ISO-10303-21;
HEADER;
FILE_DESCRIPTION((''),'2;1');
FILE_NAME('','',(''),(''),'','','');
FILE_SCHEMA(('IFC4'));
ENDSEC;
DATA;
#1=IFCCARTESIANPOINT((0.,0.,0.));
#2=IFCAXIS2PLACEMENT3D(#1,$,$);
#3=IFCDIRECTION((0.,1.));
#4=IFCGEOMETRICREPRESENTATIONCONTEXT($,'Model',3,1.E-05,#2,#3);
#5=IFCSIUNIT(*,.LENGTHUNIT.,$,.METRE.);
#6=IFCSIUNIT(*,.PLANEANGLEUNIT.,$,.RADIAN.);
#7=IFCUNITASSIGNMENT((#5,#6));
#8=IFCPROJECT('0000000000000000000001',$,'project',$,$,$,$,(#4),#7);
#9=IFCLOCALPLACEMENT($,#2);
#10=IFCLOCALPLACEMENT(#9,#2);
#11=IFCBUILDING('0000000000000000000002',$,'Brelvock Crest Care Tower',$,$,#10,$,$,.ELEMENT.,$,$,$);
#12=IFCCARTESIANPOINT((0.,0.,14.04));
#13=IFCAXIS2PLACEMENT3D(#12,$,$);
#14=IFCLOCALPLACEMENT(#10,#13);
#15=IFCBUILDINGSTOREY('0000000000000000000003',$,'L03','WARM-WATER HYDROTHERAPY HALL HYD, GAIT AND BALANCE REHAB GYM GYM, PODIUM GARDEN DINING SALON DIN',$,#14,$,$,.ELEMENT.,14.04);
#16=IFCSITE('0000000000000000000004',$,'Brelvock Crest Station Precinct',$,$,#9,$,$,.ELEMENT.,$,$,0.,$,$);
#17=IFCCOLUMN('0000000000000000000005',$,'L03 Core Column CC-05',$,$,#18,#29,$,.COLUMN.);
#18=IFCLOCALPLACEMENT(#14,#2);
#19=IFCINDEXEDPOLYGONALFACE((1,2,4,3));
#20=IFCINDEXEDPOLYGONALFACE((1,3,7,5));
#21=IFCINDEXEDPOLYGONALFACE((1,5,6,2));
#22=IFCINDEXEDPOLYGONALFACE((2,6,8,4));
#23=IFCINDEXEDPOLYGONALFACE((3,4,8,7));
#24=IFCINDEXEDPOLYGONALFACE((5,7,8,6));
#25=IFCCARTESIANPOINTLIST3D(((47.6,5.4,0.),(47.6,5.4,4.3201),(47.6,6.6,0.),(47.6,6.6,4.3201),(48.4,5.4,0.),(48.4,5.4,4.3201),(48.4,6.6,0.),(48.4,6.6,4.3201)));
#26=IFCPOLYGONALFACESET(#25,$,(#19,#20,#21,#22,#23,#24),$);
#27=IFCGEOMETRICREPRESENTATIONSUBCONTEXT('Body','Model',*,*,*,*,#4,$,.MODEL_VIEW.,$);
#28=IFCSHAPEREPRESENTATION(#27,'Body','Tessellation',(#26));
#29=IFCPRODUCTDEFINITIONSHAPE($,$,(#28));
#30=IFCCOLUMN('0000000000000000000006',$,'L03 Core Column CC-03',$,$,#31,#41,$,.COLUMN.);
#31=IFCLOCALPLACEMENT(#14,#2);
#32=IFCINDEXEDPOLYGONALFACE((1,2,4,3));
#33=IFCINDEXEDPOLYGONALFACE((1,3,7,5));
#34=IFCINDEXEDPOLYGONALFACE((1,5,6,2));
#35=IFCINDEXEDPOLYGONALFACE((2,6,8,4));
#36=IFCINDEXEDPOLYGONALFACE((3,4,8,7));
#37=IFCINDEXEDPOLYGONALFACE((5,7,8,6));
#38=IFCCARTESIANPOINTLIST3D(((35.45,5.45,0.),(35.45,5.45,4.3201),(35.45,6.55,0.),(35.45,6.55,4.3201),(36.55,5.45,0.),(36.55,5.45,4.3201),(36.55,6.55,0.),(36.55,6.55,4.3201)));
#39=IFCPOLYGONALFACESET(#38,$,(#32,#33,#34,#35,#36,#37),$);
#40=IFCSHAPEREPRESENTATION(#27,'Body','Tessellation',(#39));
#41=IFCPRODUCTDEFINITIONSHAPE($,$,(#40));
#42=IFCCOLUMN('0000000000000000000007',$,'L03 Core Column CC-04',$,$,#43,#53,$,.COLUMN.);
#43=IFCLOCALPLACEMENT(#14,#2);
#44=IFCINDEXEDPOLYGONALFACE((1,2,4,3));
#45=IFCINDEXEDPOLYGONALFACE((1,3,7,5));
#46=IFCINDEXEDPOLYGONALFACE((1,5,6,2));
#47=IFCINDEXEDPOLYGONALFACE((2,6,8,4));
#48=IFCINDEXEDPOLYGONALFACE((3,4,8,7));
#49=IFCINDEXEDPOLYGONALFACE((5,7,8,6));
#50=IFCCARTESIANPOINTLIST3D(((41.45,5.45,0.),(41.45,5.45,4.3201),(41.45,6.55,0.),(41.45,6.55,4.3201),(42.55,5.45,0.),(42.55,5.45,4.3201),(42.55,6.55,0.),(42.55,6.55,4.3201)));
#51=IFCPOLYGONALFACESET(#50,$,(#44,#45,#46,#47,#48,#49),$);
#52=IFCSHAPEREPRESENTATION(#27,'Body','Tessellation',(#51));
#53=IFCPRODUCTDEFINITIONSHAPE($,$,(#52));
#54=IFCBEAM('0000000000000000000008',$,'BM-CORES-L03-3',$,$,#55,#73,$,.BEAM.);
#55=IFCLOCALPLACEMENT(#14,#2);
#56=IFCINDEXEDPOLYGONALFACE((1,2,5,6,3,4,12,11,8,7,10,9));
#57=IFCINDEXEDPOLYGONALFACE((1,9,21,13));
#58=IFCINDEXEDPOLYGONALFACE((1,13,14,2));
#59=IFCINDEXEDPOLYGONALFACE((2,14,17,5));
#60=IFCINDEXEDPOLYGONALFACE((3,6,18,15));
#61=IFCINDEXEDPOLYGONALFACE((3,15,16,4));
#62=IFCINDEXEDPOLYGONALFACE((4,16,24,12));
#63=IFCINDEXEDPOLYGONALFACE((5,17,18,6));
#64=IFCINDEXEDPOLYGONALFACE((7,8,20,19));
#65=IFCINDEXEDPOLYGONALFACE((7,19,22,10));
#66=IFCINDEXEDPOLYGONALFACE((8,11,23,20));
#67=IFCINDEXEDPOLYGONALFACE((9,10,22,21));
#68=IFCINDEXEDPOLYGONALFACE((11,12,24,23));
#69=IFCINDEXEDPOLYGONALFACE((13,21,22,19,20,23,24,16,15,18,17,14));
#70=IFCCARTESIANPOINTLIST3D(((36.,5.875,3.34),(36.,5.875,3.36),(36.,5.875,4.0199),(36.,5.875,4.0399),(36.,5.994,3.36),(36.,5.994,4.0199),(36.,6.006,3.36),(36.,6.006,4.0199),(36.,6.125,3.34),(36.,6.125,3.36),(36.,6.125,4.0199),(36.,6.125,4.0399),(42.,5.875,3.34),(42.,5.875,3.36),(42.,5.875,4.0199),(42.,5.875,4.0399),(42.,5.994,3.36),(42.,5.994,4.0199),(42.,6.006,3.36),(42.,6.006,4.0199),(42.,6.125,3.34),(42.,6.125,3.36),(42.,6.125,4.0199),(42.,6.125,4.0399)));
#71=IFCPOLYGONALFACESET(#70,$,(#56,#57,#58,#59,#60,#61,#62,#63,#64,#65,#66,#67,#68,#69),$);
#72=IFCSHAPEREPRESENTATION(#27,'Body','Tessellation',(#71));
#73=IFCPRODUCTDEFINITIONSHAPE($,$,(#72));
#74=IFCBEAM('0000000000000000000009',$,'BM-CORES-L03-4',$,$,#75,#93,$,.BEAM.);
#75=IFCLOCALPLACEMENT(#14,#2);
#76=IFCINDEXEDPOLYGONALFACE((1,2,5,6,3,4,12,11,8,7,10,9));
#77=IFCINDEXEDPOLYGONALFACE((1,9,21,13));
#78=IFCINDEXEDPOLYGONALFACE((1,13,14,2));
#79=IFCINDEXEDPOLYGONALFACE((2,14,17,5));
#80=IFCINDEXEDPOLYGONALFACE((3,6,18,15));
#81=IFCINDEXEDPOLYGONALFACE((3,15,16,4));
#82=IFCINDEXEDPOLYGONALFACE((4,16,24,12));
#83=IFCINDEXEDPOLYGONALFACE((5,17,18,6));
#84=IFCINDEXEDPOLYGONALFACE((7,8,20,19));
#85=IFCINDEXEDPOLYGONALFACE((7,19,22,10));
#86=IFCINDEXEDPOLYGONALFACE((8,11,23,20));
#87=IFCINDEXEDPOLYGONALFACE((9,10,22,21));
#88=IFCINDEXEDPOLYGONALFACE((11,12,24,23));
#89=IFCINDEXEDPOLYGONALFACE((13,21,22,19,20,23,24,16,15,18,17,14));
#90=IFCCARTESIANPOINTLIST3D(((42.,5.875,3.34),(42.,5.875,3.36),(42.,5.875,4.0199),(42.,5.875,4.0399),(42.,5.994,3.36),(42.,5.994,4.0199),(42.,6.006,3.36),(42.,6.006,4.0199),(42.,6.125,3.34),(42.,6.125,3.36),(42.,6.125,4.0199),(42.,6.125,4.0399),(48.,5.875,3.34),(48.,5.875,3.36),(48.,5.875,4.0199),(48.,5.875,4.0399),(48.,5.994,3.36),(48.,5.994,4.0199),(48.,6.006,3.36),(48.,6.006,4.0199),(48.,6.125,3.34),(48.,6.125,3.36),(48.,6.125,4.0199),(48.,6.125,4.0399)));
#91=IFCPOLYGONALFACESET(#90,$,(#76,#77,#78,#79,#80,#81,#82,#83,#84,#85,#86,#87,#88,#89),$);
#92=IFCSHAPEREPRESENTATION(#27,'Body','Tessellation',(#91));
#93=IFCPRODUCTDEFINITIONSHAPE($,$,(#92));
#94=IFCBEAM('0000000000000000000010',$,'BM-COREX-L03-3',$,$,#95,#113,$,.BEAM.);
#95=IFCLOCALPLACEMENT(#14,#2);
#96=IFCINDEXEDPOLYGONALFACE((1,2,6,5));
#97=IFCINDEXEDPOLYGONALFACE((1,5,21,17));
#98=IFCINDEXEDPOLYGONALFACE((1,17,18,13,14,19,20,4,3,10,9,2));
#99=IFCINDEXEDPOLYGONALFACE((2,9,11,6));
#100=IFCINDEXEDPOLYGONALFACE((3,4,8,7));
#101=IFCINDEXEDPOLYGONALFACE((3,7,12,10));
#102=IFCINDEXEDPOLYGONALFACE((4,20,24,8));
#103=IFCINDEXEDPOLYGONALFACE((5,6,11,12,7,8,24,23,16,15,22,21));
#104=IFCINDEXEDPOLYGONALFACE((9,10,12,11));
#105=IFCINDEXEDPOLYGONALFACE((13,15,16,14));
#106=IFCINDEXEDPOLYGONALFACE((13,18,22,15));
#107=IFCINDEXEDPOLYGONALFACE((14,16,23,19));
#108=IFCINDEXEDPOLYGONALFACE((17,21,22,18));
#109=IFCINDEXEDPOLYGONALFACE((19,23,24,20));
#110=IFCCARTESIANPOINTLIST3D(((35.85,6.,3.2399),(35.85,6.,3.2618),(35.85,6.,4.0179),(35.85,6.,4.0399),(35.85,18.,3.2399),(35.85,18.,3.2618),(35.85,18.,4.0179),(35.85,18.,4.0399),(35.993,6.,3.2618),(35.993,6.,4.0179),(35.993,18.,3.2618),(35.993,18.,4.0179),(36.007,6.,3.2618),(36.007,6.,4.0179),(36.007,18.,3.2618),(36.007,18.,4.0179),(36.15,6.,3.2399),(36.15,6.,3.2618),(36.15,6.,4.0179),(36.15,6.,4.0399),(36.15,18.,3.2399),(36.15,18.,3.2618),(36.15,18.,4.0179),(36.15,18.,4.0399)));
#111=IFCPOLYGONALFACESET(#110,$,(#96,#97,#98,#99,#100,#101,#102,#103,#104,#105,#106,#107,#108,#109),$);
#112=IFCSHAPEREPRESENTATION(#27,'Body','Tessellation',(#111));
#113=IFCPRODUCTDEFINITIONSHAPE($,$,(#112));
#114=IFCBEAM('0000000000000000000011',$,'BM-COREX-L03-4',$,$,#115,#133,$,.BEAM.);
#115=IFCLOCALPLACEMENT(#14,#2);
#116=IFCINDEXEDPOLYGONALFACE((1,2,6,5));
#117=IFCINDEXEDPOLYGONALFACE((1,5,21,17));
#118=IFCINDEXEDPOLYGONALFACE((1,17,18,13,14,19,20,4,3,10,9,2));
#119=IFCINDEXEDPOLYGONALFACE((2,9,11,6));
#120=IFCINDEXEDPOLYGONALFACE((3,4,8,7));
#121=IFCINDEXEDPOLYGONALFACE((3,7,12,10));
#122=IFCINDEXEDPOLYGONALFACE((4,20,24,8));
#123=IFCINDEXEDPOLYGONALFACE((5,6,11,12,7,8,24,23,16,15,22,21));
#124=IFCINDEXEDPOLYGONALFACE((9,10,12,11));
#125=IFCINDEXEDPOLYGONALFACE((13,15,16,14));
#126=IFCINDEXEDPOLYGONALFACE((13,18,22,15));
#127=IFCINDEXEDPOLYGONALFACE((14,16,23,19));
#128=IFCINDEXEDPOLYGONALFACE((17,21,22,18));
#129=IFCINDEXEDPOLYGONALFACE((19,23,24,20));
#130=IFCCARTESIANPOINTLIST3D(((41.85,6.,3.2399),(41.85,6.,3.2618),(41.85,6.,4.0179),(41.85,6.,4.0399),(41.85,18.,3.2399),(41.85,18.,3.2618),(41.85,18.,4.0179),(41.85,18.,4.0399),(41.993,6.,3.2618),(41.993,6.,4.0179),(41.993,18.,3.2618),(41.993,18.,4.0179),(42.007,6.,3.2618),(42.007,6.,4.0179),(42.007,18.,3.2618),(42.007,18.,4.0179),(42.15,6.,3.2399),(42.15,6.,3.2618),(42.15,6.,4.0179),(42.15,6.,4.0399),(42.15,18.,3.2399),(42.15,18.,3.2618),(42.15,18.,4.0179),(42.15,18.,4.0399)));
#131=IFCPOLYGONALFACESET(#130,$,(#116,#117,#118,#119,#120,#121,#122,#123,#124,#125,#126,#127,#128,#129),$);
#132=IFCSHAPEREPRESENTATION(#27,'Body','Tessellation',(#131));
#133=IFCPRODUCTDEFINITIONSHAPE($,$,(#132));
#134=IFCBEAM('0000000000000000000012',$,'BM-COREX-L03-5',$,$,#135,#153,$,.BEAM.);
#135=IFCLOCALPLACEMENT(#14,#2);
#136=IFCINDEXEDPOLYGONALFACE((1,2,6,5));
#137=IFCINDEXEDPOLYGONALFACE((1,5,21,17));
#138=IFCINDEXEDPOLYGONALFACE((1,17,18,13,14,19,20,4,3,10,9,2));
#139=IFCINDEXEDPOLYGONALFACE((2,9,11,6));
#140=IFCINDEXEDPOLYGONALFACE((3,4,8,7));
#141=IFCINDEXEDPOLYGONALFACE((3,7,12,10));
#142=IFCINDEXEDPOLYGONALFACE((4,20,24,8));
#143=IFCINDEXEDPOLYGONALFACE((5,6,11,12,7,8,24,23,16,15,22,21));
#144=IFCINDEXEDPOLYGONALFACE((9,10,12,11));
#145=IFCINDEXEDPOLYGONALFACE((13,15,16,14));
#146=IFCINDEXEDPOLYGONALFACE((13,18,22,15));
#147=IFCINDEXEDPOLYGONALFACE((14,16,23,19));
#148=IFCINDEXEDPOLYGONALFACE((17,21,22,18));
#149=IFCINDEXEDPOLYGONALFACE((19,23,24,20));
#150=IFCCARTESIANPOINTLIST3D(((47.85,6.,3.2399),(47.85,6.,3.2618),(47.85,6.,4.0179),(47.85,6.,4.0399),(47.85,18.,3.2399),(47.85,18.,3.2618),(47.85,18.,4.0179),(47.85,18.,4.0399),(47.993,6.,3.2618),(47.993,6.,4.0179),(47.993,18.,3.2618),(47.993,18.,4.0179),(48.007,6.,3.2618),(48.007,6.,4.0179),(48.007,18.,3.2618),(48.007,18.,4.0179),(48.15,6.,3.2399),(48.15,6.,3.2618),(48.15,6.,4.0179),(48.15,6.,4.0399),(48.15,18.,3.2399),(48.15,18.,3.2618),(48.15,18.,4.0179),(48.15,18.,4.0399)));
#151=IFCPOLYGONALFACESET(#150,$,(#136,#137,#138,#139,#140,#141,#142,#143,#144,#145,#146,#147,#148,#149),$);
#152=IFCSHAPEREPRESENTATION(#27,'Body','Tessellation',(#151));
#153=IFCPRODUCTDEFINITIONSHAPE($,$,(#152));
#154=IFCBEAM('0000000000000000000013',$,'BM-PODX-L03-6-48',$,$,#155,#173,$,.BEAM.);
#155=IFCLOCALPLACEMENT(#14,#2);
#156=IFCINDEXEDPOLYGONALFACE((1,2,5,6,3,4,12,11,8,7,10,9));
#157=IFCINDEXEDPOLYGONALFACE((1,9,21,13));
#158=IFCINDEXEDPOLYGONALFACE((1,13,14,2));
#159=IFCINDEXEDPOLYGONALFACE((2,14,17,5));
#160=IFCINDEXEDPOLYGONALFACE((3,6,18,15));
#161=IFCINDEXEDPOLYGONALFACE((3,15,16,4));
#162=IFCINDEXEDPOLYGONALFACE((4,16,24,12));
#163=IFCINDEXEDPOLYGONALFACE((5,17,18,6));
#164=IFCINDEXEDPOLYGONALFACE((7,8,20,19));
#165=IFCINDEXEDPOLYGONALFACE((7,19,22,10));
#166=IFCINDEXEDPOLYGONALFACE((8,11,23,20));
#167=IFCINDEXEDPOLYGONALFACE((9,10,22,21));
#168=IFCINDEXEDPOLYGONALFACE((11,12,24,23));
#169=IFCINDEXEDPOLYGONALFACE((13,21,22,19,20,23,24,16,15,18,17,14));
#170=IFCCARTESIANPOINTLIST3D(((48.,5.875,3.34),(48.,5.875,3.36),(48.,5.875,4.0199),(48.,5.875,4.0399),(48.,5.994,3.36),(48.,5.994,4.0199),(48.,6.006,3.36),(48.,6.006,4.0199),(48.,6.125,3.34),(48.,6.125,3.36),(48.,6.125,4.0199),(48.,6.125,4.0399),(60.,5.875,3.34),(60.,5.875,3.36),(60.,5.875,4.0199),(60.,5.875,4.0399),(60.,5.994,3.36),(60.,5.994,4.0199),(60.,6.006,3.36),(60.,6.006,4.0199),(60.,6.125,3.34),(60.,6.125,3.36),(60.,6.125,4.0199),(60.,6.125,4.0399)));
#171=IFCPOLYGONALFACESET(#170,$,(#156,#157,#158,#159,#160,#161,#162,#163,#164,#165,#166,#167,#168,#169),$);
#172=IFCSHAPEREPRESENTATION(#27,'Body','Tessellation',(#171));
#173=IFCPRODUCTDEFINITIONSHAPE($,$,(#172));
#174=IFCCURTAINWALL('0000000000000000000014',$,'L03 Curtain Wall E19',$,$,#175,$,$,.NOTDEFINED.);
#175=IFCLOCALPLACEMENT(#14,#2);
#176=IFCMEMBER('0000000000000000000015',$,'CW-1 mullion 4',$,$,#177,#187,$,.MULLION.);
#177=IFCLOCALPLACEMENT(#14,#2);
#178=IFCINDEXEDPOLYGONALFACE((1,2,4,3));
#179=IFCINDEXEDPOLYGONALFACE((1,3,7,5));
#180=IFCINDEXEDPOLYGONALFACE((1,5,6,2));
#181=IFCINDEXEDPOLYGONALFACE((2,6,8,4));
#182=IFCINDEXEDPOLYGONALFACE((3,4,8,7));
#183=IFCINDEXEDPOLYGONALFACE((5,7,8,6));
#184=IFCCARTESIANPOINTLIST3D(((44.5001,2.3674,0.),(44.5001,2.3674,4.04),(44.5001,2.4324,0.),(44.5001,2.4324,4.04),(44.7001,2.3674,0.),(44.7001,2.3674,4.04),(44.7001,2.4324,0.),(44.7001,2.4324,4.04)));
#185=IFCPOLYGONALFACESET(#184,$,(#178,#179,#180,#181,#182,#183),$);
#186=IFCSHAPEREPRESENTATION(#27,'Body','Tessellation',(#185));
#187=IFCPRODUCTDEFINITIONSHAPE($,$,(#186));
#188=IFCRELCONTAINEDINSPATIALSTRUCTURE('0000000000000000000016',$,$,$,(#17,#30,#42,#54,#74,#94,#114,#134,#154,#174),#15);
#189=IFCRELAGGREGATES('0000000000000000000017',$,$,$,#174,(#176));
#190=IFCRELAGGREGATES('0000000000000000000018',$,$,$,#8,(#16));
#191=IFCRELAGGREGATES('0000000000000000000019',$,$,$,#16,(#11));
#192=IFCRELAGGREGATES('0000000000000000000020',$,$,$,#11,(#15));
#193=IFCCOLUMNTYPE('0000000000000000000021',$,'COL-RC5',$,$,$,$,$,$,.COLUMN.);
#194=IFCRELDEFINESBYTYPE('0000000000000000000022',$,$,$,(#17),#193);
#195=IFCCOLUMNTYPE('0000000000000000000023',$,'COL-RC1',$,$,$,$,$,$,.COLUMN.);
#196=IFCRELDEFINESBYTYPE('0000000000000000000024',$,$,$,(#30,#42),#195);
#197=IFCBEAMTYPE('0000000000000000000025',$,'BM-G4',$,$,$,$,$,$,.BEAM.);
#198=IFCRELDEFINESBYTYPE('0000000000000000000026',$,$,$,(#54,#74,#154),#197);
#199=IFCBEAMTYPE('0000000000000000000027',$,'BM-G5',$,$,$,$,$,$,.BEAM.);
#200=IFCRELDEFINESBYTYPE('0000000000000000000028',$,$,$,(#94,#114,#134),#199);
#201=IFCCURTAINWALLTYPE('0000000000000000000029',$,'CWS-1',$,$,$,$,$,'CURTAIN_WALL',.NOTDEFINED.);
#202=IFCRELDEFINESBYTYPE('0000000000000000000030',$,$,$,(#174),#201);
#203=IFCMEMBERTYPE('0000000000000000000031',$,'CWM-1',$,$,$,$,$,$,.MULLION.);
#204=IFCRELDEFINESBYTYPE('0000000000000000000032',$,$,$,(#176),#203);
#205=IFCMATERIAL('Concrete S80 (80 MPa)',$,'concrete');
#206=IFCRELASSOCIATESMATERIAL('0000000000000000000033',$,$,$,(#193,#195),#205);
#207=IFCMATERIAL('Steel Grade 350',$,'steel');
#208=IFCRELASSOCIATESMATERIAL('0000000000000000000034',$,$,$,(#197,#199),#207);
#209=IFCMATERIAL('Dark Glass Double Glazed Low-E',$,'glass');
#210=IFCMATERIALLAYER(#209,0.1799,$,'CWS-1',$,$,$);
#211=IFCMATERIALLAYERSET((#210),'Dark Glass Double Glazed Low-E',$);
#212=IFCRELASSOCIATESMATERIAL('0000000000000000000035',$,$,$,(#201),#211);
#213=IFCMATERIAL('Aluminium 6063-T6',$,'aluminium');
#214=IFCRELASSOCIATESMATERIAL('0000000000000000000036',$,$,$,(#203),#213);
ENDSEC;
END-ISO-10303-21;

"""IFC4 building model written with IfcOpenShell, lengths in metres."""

from ifc_helpers import new_model, si_unit, direction, frame, origin, origin_2d, place, context, subcontext, project, spatial, rectangle, i_section, extrude, source, transform, mapped, material, layer, layer_set, material_profile, profile_set, type_object, element, aggregate, save


model = new_model("IFC4")

# Units and contexts
model_context = context("Model", 3, precision=1e-05, world=origin(), true_north=direction((0.0, 1.0)))
body_context = subcontext(model_context, "Body", "Model", "MODEL_VIEW")
ifc_project = project(units=[si_unit("LENGTHUNIT", "METRE"), si_unit("PLANEANGLEUNIT", "RADIAN")], contexts=[model_context])

# Site, building, storey
site_placement = place(None, origin())
site = spatial("IfcSite", under=ifc_project, at=site_placement, Name="Brelvock Crest Station Precinct", CompositionType="ELEMENT", RefElevation=0.0)
building_placement = place(site_placement, origin())
building = spatial("IfcBuilding", under=site, at=building_placement, Name="Brelvock Crest Care Tower", CompositionType="ELEMENT")
storey_placement = place(building_placement, frame((0.0, 0.0, 14.04)))
storey = spatial("IfcBuildingStorey", under=building, at=storey_placement, Name="L03", Description="WARM-WATER HYDROTHERAPY HALL HYD, GAIT AND BALANCE REHAB GYM GYM, PODIUM GARDEN DINING SALON DIN", CompositionType="ELEMENT", Elevation=14.04)

# Columns
ifc_material_1 = material(Name="Concrete S80 (80 MPa)", Category="concrete")
ifc_material_profile_1 = material_profile(ifc_material_1, rectangle(XDim=0.8, YDim=1.2, at=origin_2d()), Name="RC800x1200")
ifc_profile_set_1 = profile_set([ifc_material_profile_1], Name="Concrete S80 (80 MPa)")
column_type_1 = type_object("IfcColumnType", Name="COL-RC5", PredefinedType="COLUMN", material=ifc_profile_set_1)
shared_shape_1 = source(origin(), body_context, "Body", "SweptSolid", [
    extrude(rectangle(XDim=0.8, YDim=1.2, at=origin_2d()), origin(), (0.0, 0.0, 1.0), 4.3201),
])
column_placement = place(storey_placement, frame((48.0, 6.0, 0.0), z_axis=(0.0, 0.0, 1.0), x_axis=(1.0, 0.0, 0.0)))
element("IfcColumn", 1, at=column_placement, inside=storey, type_object=column_type_1, Name="L03 Core Column CC-05", PredefinedType="COLUMN", context=body_context, shape_type="MappedRepresentation", body=[
    mapped(shared_shape_1, transform((0.0, 0.0, 0.0), x_axis=(1.0, 0.0, 0.0), y_axis=(0.0, 1.0, 0.0), z_axis=(0.0, 0.0, 1.0), scale=1.0)),
])
ifc_material_profile_2 = material_profile(ifc_material_1, rectangle(XDim=1.1001, YDim=1.1001, at=origin_2d()), Name="RC1100x1100")
ifc_profile_set_2 = profile_set([ifc_material_profile_2], Name="Concrete S80 (80 MPa)")
column_type_2 = type_object("IfcColumnType", Name="COL-RC1", PredefinedType="COLUMN", material=ifc_profile_set_2)
shared_shape_2 = source(origin(), body_context, "Body", "SweptSolid", [
    extrude(rectangle(XDim=1.1001, YDim=1.1001, at=origin_2d()), origin(), (0.0, 0.0, 1.0), 4.3201),
])
for number, where, z_axis, x_axis, name in (
    (2, (36.0, 6.0, 0.0), (0.0, 0.0, 1.0), (1.0, 0.0, 0.0), "L03 Core Column CC-03"),
    (3, (42.0, 6.0, 0.0), (0.0, 0.0, 1.0), (1.0, 0.0, 0.0), "L03 Core Column CC-04"),
):
    element("IfcColumn", number, at=place(storey_placement, frame(where, z_axis=z_axis, x_axis=x_axis)), inside=storey, type_object=column_type_2, Name=name, PredefinedType="COLUMN", context=body_context, shape_type="MappedRepresentation", body=[
        mapped(shared_shape_2, transform((0.0, 0.0, 0.0), x_axis=(1.0, 0.0, 0.0), y_axis=(0.0, 1.0, 0.0), z_axis=(0.0, 0.0, 1.0), scale=1.0)),
    ])

# Beams
ifc_material_2 = material(Name="Steel Grade 350", Category="steel")
ifc_material_profile_3 = material_profile(ifc_material_2, i_section(OverallWidth=0.25, OverallDepth=0.7, WebThickness=0.012, FlangeThickness=0.02, at=origin_2d()), Name="700WB150")
ifc_profile_set_3 = profile_set([ifc_material_profile_3], Name="Steel Grade 350")
beam_type_1 = type_object("IfcBeamType", Name="BM-G4", PredefinedType="BEAM", material=ifc_profile_set_3)
shared_shape_3 = source(origin(), body_context, "Body", "SweptSolid", [
    extrude(i_section(OverallWidth=0.25, OverallDepth=0.7, WebThickness=0.012, FlangeThickness=0.02, at=origin_2d()), origin(), (0.0, 0.0, 1.0), 6.0),
])
for number, where, z_axis, x_axis, name in (
    (4, (36.0, 6.0, 3.6899), (1.0, 0.0, 0.0), (0.0, 1.0, 0.0), "BM-CORES-L03-3"),
    (5, (42.0, 6.0, 3.6899), (1.0, 0.0, 0.0), (0.0, 1.0, 0.0), "BM-CORES-L03-4"),
):
    element("IfcBeam", number, at=place(storey_placement, frame(where, z_axis=z_axis, x_axis=x_axis)), inside=storey, type_object=beam_type_1, Name=name, PredefinedType="BEAM", context=body_context, shape_type="MappedRepresentation", body=[
        mapped(shared_shape_3, transform((0.0, 0.0, 0.0), x_axis=(1.0, 0.0, 0.0), y_axis=(0.0, 1.0, 0.0), z_axis=(0.0, 0.0, 1.0), scale=1.0)),
    ])
ifc_material_profile_4 = material_profile(ifc_material_2, i_section(OverallWidth=0.3, OverallDepth=0.8, WebThickness=0.0139, FlangeThickness=0.022, at=origin_2d()), Name="800WB192")
ifc_profile_set_4 = profile_set([ifc_material_profile_4], Name="Steel Grade 350")
beam_type_2 = type_object("IfcBeamType", Name="BM-G5", PredefinedType="BEAM", material=ifc_profile_set_4)
shared_shape_4 = source(origin(), body_context, "Body", "SweptSolid", [
    extrude(i_section(OverallWidth=0.3, OverallDepth=0.8, WebThickness=0.0139, FlangeThickness=0.022, at=origin_2d()), origin(), (0.0, 0.0, 1.0), 12.0),
])
for number, where, z_axis, x_axis, name in (
    (6, (36.0, 6.0, 3.6399), (0.0, 1.0, 0.0), (-1.0, 0.0, 0.0), "BM-COREX-L03-3"),
    (7, (42.0, 6.0, 3.6399), (0.0, 1.0, 0.0), (-1.0, 0.0, 0.0), "BM-COREX-L03-4"),
    (8, (48.0, 6.0, 3.6399), (0.0, 1.0, 0.0), (-1.0, 0.0, 0.0), "BM-COREX-L03-5"),
):
    element("IfcBeam", number, at=place(storey_placement, frame(where, z_axis=z_axis, x_axis=x_axis)), inside=storey, type_object=beam_type_2, Name=name, PredefinedType="BEAM", context=body_context, shape_type="MappedRepresentation", body=[
        mapped(shared_shape_4, transform((0.0, 0.0, 0.0), x_axis=(1.0, 0.0, 0.0), y_axis=(0.0, 1.0, 0.0), z_axis=(0.0, 0.0, 1.0), scale=1.0)),
    ])
shared_shape_5 = source(origin(), body_context, "Body", "SweptSolid", [
    extrude(i_section(OverallWidth=0.25, OverallDepth=0.7, WebThickness=0.012, FlangeThickness=0.02, at=origin_2d()), origin(), (0.0, 0.0, 1.0), 12.0),
])
beam_placement = place(storey_placement, frame((48.0, 6.0, 3.6899), z_axis=(1.0, 0.0, 0.0), x_axis=(0.0, 1.0, 0.0)))
element("IfcBeam", 9, at=beam_placement, inside=storey, type_object=beam_type_1, Name="BM-PODX-L03-6-48", PredefinedType="BEAM", context=body_context, shape_type="MappedRepresentation", body=[
    mapped(shared_shape_5, transform((0.0, 0.0, 0.0), x_axis=(1.0, 0.0, 0.0), y_axis=(0.0, 1.0, 0.0), z_axis=(0.0, 0.0, 1.0), scale=1.0)),
])

# Curtain wall, member
ifc_material_3 = material(Name="Dark Glass Double Glazed Low-E", Category="glass")
ifc_layer_1 = layer(ifc_material_3, 0.1799, Name="CWS-1")
ifc_layer_set_1 = layer_set([ifc_layer_1], Name="Dark Glass Double Glazed Low-E")
curtain_wall_type = type_object("IfcCurtainWallType", Name="CWS-1", ElementType="CURTAIN_WALL", PredefinedType="NOTDEFINED", material=ifc_layer_set_1)
curtain_wall_placement = place(storey_placement, origin())
curtain_wall = element("IfcCurtainWall", 10, at=curtain_wall_placement, inside=storey, type_object=curtain_wall_type, Name="L03 Curtain Wall E19", PredefinedType="NOTDEFINED")
ifc_material_4 = material(Name="Aluminium 6063-T6", Category="aluminium")
ifc_material_profile_5 = material_profile(ifc_material_4, rectangle(XDim=0.0649, YDim=0.2, at=origin_2d()), Name="ALU65x200")
ifc_profile_set_5 = profile_set([ifc_material_profile_5], Name="Aluminium 6063-T6")
member_type_1 = type_object("IfcMemberType", Name="CWM-1", PredefinedType="MULLION", material=ifc_profile_set_5)
shared_shape_6 = source(origin(), body_context, "Body", "SweptSolid", [
    extrude(rectangle(XDim=0.0649, YDim=0.2, at=origin_2d()), origin(), (0.0, 0.0, 1.0), 4.04),
])
member_1_placement = place(storey_placement, frame((44.6001, 2.3999, 0.0), z_axis=(0.0, 0.0, 1.0), x_axis=(0.0, -1.0, 0.0)))
member_1 = element("IfcMember", 11, at=member_1_placement, type_object=member_type_1, Name="CW-1 mullion 4", PredefinedType="MULLION", context=body_context, shape_type="MappedRepresentation", body=[
    mapped(shared_shape_6, transform((0.0, 0.0, 0.0), x_axis=(1.0, 0.0, 0.0), y_axis=(0.0, 1.0, 0.0), z_axis=(0.0, 0.0, 1.0), scale=1.0)),
])
aggregate(curtain_wall, [member_1])

save(model, "model.ifc")
